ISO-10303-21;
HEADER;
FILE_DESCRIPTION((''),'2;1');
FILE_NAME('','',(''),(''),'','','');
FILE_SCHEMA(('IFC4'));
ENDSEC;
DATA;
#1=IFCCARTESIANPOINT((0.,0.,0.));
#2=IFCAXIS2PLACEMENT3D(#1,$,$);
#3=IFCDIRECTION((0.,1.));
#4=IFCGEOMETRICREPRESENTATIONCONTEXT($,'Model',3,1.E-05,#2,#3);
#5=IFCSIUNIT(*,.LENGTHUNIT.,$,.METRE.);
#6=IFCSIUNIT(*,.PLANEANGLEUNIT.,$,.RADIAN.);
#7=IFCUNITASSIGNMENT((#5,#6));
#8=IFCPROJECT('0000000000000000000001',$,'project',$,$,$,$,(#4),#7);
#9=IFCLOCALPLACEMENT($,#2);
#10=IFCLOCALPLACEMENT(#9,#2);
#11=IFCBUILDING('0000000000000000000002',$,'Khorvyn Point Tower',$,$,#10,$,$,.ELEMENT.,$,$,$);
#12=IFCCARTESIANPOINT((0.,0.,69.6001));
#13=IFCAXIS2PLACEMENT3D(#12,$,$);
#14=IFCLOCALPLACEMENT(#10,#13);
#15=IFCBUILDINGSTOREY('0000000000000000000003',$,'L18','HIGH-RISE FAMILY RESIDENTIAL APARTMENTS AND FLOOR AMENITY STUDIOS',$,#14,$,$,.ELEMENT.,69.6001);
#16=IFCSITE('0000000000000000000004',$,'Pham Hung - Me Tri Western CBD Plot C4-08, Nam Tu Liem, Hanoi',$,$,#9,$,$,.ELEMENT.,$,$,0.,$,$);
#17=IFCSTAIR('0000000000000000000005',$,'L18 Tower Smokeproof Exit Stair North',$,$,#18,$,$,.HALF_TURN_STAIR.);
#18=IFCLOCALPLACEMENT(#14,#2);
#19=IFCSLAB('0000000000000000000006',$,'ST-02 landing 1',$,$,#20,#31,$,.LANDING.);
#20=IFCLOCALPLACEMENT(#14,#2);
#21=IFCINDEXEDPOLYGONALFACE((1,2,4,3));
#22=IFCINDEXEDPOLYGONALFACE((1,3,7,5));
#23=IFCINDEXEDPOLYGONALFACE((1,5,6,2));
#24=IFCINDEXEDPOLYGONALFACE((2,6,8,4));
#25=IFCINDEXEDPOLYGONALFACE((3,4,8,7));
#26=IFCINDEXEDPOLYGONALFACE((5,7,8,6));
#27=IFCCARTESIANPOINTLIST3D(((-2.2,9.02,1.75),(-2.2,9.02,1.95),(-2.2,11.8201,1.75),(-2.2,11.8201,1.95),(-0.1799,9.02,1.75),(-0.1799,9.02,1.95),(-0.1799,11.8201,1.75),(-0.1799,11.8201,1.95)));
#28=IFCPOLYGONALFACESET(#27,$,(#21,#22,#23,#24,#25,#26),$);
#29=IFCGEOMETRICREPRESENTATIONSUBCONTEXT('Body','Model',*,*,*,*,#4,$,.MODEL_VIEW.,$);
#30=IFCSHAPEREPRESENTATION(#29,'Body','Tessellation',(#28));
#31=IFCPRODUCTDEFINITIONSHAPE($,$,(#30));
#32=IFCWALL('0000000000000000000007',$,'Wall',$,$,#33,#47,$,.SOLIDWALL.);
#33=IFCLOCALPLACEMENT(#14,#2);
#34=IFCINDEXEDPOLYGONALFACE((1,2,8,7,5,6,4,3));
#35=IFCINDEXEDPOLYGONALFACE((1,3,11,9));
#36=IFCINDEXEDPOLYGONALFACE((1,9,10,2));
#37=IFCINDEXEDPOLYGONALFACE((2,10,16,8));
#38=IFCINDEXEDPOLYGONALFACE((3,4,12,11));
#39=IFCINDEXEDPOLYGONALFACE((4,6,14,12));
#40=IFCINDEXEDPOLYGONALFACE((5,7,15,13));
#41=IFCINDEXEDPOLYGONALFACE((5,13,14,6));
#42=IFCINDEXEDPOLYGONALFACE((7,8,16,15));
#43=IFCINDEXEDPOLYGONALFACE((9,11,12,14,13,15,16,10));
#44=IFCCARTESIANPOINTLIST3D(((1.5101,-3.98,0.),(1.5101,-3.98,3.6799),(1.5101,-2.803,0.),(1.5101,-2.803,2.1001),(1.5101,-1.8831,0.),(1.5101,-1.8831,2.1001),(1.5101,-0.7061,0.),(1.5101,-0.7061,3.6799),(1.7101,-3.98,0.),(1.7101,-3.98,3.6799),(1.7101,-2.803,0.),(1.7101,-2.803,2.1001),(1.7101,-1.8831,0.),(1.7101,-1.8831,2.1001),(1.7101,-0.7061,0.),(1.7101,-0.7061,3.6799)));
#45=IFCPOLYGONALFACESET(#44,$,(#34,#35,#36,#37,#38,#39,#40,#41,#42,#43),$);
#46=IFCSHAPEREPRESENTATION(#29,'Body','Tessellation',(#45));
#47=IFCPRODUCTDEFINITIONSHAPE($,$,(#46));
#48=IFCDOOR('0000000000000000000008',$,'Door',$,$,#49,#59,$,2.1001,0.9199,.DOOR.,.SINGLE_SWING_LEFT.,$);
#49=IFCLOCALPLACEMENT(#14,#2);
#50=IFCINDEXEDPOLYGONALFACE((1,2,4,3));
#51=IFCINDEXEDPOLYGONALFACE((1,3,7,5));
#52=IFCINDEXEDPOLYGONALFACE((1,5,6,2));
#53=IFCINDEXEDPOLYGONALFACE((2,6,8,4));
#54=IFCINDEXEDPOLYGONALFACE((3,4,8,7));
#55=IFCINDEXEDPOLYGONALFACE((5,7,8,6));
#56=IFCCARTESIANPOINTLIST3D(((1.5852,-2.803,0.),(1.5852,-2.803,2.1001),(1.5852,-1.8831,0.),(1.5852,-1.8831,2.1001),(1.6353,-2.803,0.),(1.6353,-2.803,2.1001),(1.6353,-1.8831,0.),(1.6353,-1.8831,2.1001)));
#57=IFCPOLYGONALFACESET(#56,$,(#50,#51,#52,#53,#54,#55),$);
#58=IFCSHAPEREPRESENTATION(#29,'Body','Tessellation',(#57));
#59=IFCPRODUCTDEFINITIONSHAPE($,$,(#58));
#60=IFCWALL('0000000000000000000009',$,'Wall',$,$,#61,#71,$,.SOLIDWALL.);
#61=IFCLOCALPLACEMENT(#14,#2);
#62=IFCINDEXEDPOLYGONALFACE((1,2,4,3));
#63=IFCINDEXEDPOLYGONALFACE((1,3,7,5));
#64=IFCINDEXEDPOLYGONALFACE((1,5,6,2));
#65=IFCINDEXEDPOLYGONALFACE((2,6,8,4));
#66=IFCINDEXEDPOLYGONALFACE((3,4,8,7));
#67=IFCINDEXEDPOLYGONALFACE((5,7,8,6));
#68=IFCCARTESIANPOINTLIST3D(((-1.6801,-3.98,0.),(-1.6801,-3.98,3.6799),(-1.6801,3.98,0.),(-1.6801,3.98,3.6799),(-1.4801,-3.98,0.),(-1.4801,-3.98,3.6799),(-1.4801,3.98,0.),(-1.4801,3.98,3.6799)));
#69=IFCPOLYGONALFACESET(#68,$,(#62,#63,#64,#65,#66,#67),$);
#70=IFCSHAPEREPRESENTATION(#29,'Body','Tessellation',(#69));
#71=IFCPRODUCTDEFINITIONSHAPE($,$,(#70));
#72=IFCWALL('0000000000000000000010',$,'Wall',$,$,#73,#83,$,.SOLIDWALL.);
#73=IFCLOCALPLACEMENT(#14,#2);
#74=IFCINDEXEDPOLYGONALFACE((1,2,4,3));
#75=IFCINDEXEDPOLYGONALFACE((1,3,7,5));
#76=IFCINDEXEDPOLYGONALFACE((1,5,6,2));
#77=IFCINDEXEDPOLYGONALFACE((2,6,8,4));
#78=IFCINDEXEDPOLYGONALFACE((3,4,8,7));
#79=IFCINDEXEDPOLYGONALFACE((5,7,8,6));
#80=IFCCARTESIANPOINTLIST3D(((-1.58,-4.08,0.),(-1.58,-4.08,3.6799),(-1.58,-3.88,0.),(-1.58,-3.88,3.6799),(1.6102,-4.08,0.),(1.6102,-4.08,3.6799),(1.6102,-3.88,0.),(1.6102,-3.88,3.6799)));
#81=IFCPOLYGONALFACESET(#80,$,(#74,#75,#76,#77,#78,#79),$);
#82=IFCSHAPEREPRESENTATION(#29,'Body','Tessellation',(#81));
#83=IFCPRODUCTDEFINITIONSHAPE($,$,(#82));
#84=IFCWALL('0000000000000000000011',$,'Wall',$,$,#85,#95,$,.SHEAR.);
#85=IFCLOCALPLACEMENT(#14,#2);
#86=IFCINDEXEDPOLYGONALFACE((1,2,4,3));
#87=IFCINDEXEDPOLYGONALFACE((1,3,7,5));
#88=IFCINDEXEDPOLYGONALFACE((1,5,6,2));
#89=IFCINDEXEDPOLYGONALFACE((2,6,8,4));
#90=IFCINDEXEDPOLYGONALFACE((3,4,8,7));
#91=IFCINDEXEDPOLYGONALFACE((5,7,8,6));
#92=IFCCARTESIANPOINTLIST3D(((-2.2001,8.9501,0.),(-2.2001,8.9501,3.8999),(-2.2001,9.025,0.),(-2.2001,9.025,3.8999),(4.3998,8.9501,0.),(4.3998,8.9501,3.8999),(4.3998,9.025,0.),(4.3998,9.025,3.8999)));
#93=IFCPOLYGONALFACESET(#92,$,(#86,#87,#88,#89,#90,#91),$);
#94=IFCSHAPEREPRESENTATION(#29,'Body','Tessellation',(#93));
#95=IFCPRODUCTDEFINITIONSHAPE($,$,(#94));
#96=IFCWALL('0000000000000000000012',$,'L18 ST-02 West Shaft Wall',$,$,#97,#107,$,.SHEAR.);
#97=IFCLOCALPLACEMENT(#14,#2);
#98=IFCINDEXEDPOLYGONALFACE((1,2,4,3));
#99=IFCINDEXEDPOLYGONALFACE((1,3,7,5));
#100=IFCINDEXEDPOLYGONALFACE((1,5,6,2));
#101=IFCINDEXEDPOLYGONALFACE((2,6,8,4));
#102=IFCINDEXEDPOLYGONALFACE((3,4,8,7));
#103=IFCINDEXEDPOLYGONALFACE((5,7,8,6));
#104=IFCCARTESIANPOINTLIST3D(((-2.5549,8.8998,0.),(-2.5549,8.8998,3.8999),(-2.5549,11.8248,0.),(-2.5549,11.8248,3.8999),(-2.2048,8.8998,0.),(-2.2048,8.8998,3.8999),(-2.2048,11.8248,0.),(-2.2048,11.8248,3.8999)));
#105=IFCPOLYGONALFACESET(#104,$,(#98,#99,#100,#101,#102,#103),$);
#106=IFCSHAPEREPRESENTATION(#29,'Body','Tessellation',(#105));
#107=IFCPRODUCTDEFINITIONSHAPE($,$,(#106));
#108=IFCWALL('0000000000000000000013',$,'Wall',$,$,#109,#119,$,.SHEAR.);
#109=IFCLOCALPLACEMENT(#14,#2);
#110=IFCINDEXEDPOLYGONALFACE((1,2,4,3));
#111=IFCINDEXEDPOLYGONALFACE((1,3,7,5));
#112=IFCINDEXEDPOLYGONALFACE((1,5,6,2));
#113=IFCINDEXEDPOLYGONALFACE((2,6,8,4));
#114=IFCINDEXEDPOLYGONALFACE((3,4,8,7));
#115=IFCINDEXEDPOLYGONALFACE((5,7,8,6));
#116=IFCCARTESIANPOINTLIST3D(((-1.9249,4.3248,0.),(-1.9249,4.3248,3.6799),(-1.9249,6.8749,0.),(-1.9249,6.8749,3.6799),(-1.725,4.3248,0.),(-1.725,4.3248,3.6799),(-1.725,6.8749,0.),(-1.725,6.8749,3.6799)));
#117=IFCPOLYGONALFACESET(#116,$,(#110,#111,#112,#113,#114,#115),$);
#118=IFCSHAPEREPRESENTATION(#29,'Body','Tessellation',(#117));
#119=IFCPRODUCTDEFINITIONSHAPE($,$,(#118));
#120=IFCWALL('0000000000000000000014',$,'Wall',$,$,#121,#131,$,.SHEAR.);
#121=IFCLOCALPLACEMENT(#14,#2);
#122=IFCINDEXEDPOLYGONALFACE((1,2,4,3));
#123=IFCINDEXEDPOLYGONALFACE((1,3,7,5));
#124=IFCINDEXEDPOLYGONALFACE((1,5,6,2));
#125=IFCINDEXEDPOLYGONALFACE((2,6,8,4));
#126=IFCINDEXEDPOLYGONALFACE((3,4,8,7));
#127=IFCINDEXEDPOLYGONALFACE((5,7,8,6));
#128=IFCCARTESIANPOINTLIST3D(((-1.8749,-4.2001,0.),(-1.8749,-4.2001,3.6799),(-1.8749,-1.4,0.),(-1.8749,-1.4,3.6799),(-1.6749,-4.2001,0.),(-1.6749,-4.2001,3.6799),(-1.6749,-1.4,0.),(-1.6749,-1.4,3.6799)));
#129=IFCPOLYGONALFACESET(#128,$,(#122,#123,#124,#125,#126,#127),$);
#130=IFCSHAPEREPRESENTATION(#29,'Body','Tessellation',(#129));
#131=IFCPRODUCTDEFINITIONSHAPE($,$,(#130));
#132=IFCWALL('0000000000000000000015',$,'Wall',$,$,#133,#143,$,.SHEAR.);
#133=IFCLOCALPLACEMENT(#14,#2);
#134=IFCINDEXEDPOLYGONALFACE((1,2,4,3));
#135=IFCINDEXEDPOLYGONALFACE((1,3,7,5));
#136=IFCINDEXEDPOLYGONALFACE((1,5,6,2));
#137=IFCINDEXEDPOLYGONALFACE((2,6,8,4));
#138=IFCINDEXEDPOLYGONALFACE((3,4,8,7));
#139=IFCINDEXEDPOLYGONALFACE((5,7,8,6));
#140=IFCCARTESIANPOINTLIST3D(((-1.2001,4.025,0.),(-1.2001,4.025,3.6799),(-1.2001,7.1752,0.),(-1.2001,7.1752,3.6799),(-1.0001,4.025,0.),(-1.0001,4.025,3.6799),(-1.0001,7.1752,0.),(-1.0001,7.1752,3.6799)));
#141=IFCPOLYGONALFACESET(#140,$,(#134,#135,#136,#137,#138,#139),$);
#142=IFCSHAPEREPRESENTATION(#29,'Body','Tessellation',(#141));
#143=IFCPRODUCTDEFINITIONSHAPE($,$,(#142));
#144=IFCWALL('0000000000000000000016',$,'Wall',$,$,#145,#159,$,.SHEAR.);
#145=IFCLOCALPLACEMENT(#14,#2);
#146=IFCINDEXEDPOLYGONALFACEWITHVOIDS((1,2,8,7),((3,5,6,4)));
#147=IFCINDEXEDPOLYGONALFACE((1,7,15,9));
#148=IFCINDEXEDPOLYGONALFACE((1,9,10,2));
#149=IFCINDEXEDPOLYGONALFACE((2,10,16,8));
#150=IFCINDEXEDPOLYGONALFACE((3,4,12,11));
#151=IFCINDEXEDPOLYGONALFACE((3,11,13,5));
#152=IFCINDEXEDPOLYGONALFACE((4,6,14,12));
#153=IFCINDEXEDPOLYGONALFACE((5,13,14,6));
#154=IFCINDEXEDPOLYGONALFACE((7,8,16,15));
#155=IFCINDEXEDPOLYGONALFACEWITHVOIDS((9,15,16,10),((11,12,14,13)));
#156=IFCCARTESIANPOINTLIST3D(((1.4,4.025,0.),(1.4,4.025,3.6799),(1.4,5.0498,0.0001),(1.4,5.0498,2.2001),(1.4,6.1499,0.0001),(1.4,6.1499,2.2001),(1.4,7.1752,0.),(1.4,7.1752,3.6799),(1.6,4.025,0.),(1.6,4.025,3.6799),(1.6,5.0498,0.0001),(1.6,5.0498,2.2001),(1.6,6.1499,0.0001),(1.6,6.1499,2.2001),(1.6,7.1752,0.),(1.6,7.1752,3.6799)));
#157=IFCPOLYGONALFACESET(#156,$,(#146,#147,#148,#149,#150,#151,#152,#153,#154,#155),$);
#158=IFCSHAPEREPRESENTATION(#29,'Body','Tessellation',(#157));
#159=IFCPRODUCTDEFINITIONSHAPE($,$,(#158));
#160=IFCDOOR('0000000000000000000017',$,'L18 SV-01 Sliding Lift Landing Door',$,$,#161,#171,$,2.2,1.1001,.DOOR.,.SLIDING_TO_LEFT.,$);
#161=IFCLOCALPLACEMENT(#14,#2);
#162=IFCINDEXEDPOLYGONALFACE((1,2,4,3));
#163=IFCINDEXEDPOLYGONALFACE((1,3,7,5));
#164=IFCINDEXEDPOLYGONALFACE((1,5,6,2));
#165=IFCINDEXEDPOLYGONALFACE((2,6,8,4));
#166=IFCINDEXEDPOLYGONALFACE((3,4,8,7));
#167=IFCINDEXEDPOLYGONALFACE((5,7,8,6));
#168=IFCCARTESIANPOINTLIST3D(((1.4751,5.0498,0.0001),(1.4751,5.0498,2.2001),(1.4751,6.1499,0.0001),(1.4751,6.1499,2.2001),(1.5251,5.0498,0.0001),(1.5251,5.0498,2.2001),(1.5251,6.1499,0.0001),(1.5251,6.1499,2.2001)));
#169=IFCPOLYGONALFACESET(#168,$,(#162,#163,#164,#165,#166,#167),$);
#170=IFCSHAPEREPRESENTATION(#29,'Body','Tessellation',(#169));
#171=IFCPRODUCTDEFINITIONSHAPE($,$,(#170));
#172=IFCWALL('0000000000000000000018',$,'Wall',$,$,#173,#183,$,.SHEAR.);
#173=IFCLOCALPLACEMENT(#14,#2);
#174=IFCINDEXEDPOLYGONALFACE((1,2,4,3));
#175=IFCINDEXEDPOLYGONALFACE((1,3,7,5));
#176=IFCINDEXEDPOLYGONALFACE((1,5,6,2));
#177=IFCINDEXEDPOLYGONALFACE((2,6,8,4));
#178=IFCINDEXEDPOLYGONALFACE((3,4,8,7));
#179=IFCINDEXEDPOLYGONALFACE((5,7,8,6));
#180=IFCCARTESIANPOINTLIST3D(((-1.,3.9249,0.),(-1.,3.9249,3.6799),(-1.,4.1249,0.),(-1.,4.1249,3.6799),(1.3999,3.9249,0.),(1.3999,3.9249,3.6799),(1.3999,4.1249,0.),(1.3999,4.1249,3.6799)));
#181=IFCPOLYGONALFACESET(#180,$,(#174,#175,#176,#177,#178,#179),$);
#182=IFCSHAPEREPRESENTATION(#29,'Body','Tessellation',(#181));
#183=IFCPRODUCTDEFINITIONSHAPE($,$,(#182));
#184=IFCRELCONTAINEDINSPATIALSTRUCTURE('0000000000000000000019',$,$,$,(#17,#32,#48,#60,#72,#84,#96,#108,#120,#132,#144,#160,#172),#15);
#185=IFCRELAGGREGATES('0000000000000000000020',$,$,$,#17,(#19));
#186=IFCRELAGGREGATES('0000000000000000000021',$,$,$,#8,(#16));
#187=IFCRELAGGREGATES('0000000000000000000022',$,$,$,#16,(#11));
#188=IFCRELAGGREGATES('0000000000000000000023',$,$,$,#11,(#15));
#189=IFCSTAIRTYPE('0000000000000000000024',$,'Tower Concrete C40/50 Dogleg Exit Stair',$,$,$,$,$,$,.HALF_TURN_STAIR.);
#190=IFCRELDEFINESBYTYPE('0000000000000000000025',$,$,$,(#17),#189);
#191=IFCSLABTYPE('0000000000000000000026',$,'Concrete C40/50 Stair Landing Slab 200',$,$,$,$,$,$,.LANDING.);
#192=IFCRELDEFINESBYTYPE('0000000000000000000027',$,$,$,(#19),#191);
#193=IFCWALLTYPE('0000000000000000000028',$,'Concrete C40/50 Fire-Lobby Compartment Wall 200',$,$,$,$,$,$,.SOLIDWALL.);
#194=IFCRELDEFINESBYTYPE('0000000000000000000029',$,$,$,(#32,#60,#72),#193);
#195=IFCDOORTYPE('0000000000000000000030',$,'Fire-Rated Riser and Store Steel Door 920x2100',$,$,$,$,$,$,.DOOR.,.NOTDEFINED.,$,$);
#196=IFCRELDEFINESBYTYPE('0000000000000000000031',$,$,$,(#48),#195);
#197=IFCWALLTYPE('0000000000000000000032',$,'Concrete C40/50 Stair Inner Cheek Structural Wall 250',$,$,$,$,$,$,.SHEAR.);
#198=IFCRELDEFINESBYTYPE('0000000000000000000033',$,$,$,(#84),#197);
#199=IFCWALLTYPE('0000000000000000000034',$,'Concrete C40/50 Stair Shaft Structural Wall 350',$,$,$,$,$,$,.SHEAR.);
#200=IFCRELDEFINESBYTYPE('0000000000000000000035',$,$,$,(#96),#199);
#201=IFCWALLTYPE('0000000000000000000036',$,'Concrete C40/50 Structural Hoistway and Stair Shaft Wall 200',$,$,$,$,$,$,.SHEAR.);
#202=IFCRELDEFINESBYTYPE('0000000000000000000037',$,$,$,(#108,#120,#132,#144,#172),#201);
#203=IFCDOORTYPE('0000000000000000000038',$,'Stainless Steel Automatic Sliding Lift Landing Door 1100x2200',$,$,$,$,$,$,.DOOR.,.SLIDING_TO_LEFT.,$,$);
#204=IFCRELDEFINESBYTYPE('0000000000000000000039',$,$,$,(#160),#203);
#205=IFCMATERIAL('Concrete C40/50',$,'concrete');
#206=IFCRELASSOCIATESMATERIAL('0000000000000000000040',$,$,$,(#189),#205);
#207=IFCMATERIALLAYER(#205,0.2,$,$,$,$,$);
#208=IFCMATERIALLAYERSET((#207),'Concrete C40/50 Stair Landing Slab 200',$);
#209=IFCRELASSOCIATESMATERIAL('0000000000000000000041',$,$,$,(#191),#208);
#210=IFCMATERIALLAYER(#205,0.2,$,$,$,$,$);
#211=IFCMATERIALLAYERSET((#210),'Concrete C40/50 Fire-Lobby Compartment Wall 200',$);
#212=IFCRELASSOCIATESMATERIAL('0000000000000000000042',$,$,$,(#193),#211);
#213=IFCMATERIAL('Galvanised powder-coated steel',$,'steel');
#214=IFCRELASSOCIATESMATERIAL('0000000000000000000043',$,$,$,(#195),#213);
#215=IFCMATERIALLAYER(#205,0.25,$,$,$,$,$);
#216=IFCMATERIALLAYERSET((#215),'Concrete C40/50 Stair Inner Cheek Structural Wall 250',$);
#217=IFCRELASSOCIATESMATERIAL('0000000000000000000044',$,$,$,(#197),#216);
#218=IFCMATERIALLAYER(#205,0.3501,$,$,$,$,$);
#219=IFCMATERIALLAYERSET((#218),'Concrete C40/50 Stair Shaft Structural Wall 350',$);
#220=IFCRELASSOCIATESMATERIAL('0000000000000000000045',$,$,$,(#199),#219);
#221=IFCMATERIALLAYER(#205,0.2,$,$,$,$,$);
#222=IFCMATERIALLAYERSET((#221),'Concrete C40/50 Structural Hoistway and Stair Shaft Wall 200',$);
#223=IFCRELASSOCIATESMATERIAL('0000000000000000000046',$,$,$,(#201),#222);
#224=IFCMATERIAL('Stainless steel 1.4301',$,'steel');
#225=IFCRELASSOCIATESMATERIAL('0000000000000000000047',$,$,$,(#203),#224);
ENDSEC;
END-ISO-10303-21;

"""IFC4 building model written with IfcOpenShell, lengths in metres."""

from ifc_helpers import new_model, si_unit, direction, frame, frame_2d, origin, place, context, subcontext, project, spatial, polyline, rectangle, outline, extrude, material, layer, layer_set, type_object, element, fill, aggregate, save


model = new_model("IFC4")

# Units and contexts
model_context = context("Model", 3, precision=1e-05, world=origin(), true_north=direction((0.0, 1.0)))
body_context = subcontext(model_context, "Body", "Model", "MODEL_VIEW")
ifc_project = project(units=[si_unit("LENGTHUNIT", "METRE"), si_unit("PLANEANGLEUNIT", "RADIAN")], contexts=[model_context])

# Site, building, storey
site_placement = place(None, origin())
site = spatial("IfcSite", under=ifc_project, at=site_placement, Name="Pham Hung - Me Tri Western CBD Plot C4-08, Nam Tu Liem, Hanoi", CompositionType="ELEMENT", RefElevation=0.0)
building_placement = place(site_placement, origin())
building = spatial("IfcBuilding", under=site, at=building_placement, Name="Khorvyn Point Tower", CompositionType="ELEMENT")
storey_placement = place(building_placement, frame((0.0, 0.0, 69.6001)))
storey = spatial("IfcBuildingStorey", under=building, at=storey_placement, Name="L18", Description="HIGH-RISE FAMILY RESIDENTIAL APARTMENTS AND FLOOR AMENITY STUDIOS", CompositionType="ELEMENT", Elevation=69.6001)

# Shared definitions
ifc_material_1 = material(Name="Concrete C40/50", Category="concrete")

# Stair, slab
stair_type = type_object("IfcStairType", Name="Tower Concrete C40/50 Dogleg Exit Stair", PredefinedType="HALF_TURN_STAIR", material=ifc_material_1)
ifc_layer_1 = layer(ifc_material_1, 0.2)
ifc_layer_set_1 = layer_set([ifc_layer_1], Name="Concrete C40/50 Stair Landing Slab 200")
slab_type_1 = type_object("IfcSlabType", Name="Concrete C40/50 Stair Landing Slab 200", PredefinedType="LANDING", material=ifc_layer_set_1)
stair_1_placement = place(storey_placement, origin())
stair_1 = element("IfcStair", 1, at=stair_1_placement, inside=storey, type_object=stair_type, Name="L18 Tower Smokeproof Exit Stair North", PredefinedType="HALF_TURN_STAIR")
slab_1_placement = place(storey_placement, frame((0.0, 0.0, 1.75)))
slab_1 = element("IfcSlab", 2, at=slab_1_placement, type_object=slab_type_1, Name="ST-02 landing 1", PredefinedType="LANDING", context=body_context, shape_type="SweptSolid", body=[
    extrude(outline(polyline([(-0.1799, 11.8201), (-2.2, 11.8201), (-2.2, 9.02), (-0.1799, 9.02), (-0.1799, 11.8201)])), origin(), (0.0, 0.0, 1.0), 0.2),
])

# Wall, opening, door
ifc_layer_2 = layer(ifc_material_1, 0.2)
ifc_layer_set_2 = layer_set([ifc_layer_2], Name="Concrete C40/50 Fire-Lobby Compartment Wall 200")
wall_type_1 = type_object("IfcWallType", Name="Concrete C40/50 Fire-Lobby Compartment Wall 200", PredefinedType="SOLIDWALL", material=ifc_layer_set_2)
wall_1_placement = place(storey_placement, frame((1.6101, -3.98, 0.0), z_axis=(0.0, 0.0, 1.0), x_axis=(0.0, 1.0, 0.0)))
wall_1 = element("IfcWall", 3, at=wall_1_placement, inside=storey, type_object=wall_type_1, Name="Wall", PredefinedType="SOLIDWALL", context=body_context, shape_type="SweptSolid", body=[
    extrude(rectangle(XDim=3.2739, YDim=0.2, at=frame_2d((1.637, 0.0))), origin(), (0.0, 0.0, 1.0), 3.6799),
])
opening_1_placement = place(wall_1_placement, frame((1.177, 0.0, 0.0)))
opening_1 = element("IfcOpeningElement", 4, at=opening_1_placement, cuts=wall_1, PredefinedType="OPENING", context=body_context, shape_type="SweptSolid", body=[
    extrude(rectangle(XDim=0.9199, YDim=2.1001, at=frame_2d((0.46, 1.05))), frame((0.0, 0.1099, 0.0), z_axis=(0.0, -1.0, 0.0), x_axis=(1.0, 0.0, 0.0)), (0.0, 0.0, 1.0), 0.22),
])
ifc_material_2 = material(Name="Galvanised powder-coated steel", Category="steel")
door_type_1 = type_object("IfcDoorType", Name="Fire-Rated Riser and Store Steel Door 920x2100", OperationType="NOTDEFINED", PredefinedType="DOOR", material=ifc_material_2)
door_1_placement = place(opening_1_placement, origin())
door_1 = element("IfcDoor", 5, at=door_1_placement, inside=storey, type_object=door_type_1, Name="Door", OperationType="SINGLE_SWING_LEFT", OverallHeight=2.1001, OverallWidth=0.9199, PredefinedType="DOOR", context=body_context, shape_type="SweptSolid", body=[
    extrude(rectangle(XDim=0.9199, YDim=2.1001, at=frame_2d((0.46, 1.05))), frame((0.0, 0.0249, 0.0), z_axis=(0.0, -1.0, 0.0), x_axis=(1.0, 0.0, 0.0)), (0.0, 0.0, 1.0), 0.05),
])
fill(opening_1, door_1)

# Walls
wall_2_placement = place(storey_placement, frame((-1.5801, -3.98, 0.0), z_axis=(0.0, 0.0, 1.0), x_axis=(0.0, 1.0, 0.0)))
element("IfcWall", 6, at=wall_2_placement, inside=storey, type_object=wall_type_1, Name="Wall", PredefinedType="SOLIDWALL", context=body_context, shape_type="SweptSolid", body=[
    extrude(rectangle(XDim=7.96, YDim=0.2, at=frame_2d((3.98, 0.0))), origin(), (0.0, 0.0, 1.0), 3.6799),
])
wall_3_placement = place(storey_placement, frame((-1.5801, -3.98, 0.0), z_axis=(0.0, 0.0, 1.0), x_axis=(1.0, 0.0, 0.0)))
element("IfcWall", 7, at=wall_3_placement, inside=storey, type_object=wall_type_1, Name="Wall", PredefinedType="SOLIDWALL", context=body_context, shape_type="SweptSolid", body=[
    extrude(rectangle(XDim=3.1902, YDim=0.2, at=frame_2d((1.5952, 0.0))), origin(), (0.0, 0.0, 1.0), 3.6799),
])
ifc_layer_3 = layer(ifc_material_1, 0.25)
ifc_layer_set_3 = layer_set([ifc_layer_3], Name="Concrete C40/50 Stair Inner Cheek Structural Wall 250")
wall_type_2 = type_object("IfcWallType", Name="Concrete C40/50 Stair Inner Cheek Structural Wall 250", PredefinedType="SHEAR", material=ifc_layer_set_3)
wall_4_placement = place(storey_placement, frame((-2.2, 8.9875, 0.0), z_axis=(0.0, 0.0, 1.0), x_axis=(1.0, 0.0, 0.0)))
element("IfcWall", 8, at=wall_4_placement, inside=storey, type_object=wall_type_2, Name="Wall", PredefinedType="SHEAR", context=body_context, shape_type="SweptSolid", body=[
    extrude(rectangle(XDim=6.5999, YDim=0.075, at=frame_2d((3.2998, 0.0))), origin(), (0.0, 0.0, 1.0), 3.8999),
])
ifc_layer_4 = layer(ifc_material_1, 0.3501)
ifc_layer_set_4 = layer_set([ifc_layer_4], Name="Concrete C40/50 Stair Shaft Structural Wall 350")
wall_type_3 = type_object("IfcWallType", Name="Concrete C40/50 Stair Shaft Structural Wall 350", PredefinedType="SHEAR", material=ifc_layer_set_4)
wall_5_placement = place(storey_placement, frame((-2.3799, 8.8999, 0.0), z_axis=(0.0, 0.0, 1.0), x_axis=(0.0, 1.0, 0.0)))
element("IfcWall", 9, at=wall_5_placement, inside=storey, type_object=wall_type_3, Name="L18 ST-02 West Shaft Wall", PredefinedType="SHEAR", context=body_context, shape_type="SweptSolid", body=[
    extrude(rectangle(XDim=2.925, YDim=0.3501, at=frame_2d((1.4624, 0.0))), origin(), (0.0, 0.0, 1.0), 3.8999),
])
ifc_layer_5 = layer(ifc_material_1, 0.2)
ifc_layer_set_5 = layer_set([ifc_layer_5], Name="Concrete C40/50 Structural Hoistway and Stair Shaft Wall 200")
wall_type_4 = type_object("IfcWallType", Name="Concrete C40/50 Structural Hoistway and Stair Shaft Wall 200", PredefinedType="SHEAR", material=ifc_layer_set_5)
wall_6_placement = place(storey_placement, frame((-1.825, 4.325, 0.0), z_axis=(0.0, 0.0, 1.0), x_axis=(0.0, 1.0, 0.0)))
element("IfcWall", 10, at=wall_6_placement, inside=storey, type_object=wall_type_4, Name="Wall", PredefinedType="SHEAR", context=body_context, shape_type="SweptSolid", body=[
    extrude(rectangle(XDim=2.55, YDim=0.2, at=frame_2d((1.2749, 0.0))), origin(), (0.0, 0.0, 1.0), 3.6799),
])
wall_7_placement = place(storey_placement, frame((-1.7749, -4.2, 0.0), z_axis=(0.0, 0.0, 1.0), x_axis=(0.0, 1.0, 0.0)))
element("IfcWall", 11, at=wall_7_placement, inside=storey, type_object=wall_type_4, Name="Wall", PredefinedType="SHEAR", context=body_context, shape_type="SweptSolid", body=[
    extrude(rectangle(XDim=2.8, YDim=0.2, at=frame_2d((1.3999, 0.0))), origin(), (0.0, 0.0, 1.0), 3.6799),
])
wall_8_placement = place(storey_placement, frame((-1.1001, 4.0249, 0.0), z_axis=(0.0, 0.0, 1.0), x_axis=(0.0, 1.0, 0.0)))
element("IfcWall", 12, at=wall_8_placement, inside=storey, type_object=wall_type_4, Name="Wall", PredefinedType="SHEAR", context=body_context, shape_type="SweptSolid", body=[
    extrude(rectangle(XDim=3.1501, YDim=0.2, at=frame_2d((1.5752, 0.0))), origin(), (0.0, 0.0, 1.0), 3.6799),
])

# Wall, opening, door
wall_9_placement = place(storey_placement, frame((1.5, 4.0249, 0.0), z_axis=(0.0, 0.0, 1.0), x_axis=(0.0, 1.0, 0.0)))
wall_9 = element("IfcWall", 13, at=wall_9_placement, inside=storey, type_object=wall_type_4, Name="Wall", PredefinedType="SHEAR", context=body_context, shape_type="SweptSolid", body=[
    extrude(rectangle(XDim=3.1501, YDim=0.2, at=frame_2d((1.5752, 0.0))), origin(), (0.0, 0.0, 1.0), 3.6799),
])
opening_2_placement = place(wall_9_placement, frame((1.0249, 0.0, 0.0)))
opening_2 = element("IfcOpeningElement", 14, at=opening_2_placement, cuts=wall_9, PredefinedType="OPENING", context=body_context, shape_type="SweptSolid", body=[
    extrude(rectangle(XDim=1.1001, YDim=2.2, at=frame_2d((0.55, 1.1001))), frame((0.0, 0.1099, 0.0), z_axis=(0.0, -1.0, 0.0), x_axis=(1.0, 0.0, 0.0)), (0.0, 0.0, 1.0), 0.22),
])
ifc_material_3 = material(Name="Stainless steel 1.4301", Category="steel")
door_type_2 = type_object("IfcDoorType", Name="Stainless Steel Automatic Sliding Lift Landing Door 1100x2200", OperationType="SLIDING_TO_LEFT", PredefinedType="DOOR", material=ifc_material_3)
door_2_placement = place(opening_2_placement, origin())
door_2 = element("IfcDoor", 15, at=door_2_placement, inside=storey, type_object=door_type_2, Name="L18 SV-01 Sliding Lift Landing Door", OperationType="SLIDING_TO_LEFT", OverallHeight=2.2, OverallWidth=1.1001, PredefinedType="DOOR", context=body_context, shape_type="SweptSolid", body=[
    extrude(rectangle(XDim=1.1001, YDim=2.2, at=frame_2d((0.55, 1.1001))), frame((0.0, 0.0249, 0.0), z_axis=(0.0, -1.0, 0.0), x_axis=(1.0, 0.0, 0.0)), (0.0, 0.0, 1.0), 0.05),
])
fill(opening_2, door_2)

# Wall
for number, where, z_axis, x_axis, name in (
    (16, (-1.0, 4.0249, 0.0), (0.0, 0.0, 1.0), (1.0, 0.0, 0.0), "Wall"),
):
    element("IfcWall", number, at=place(storey_placement, frame(where, z_axis=z_axis, x_axis=x_axis)), inside=storey, type_object=wall_type_4, Name=name, PredefinedType="SHEAR", context=body_context, shape_type="SweptSolid", body=[
        extrude(rectangle(XDim=2.3999, YDim=0.2, at=frame_2d((1.2, 0.0))), origin(), (0.0, 0.0, 1.0), 3.6799),
    ])

aggregate(stair_1, [slab_1])

save(model, "model.ifc")
